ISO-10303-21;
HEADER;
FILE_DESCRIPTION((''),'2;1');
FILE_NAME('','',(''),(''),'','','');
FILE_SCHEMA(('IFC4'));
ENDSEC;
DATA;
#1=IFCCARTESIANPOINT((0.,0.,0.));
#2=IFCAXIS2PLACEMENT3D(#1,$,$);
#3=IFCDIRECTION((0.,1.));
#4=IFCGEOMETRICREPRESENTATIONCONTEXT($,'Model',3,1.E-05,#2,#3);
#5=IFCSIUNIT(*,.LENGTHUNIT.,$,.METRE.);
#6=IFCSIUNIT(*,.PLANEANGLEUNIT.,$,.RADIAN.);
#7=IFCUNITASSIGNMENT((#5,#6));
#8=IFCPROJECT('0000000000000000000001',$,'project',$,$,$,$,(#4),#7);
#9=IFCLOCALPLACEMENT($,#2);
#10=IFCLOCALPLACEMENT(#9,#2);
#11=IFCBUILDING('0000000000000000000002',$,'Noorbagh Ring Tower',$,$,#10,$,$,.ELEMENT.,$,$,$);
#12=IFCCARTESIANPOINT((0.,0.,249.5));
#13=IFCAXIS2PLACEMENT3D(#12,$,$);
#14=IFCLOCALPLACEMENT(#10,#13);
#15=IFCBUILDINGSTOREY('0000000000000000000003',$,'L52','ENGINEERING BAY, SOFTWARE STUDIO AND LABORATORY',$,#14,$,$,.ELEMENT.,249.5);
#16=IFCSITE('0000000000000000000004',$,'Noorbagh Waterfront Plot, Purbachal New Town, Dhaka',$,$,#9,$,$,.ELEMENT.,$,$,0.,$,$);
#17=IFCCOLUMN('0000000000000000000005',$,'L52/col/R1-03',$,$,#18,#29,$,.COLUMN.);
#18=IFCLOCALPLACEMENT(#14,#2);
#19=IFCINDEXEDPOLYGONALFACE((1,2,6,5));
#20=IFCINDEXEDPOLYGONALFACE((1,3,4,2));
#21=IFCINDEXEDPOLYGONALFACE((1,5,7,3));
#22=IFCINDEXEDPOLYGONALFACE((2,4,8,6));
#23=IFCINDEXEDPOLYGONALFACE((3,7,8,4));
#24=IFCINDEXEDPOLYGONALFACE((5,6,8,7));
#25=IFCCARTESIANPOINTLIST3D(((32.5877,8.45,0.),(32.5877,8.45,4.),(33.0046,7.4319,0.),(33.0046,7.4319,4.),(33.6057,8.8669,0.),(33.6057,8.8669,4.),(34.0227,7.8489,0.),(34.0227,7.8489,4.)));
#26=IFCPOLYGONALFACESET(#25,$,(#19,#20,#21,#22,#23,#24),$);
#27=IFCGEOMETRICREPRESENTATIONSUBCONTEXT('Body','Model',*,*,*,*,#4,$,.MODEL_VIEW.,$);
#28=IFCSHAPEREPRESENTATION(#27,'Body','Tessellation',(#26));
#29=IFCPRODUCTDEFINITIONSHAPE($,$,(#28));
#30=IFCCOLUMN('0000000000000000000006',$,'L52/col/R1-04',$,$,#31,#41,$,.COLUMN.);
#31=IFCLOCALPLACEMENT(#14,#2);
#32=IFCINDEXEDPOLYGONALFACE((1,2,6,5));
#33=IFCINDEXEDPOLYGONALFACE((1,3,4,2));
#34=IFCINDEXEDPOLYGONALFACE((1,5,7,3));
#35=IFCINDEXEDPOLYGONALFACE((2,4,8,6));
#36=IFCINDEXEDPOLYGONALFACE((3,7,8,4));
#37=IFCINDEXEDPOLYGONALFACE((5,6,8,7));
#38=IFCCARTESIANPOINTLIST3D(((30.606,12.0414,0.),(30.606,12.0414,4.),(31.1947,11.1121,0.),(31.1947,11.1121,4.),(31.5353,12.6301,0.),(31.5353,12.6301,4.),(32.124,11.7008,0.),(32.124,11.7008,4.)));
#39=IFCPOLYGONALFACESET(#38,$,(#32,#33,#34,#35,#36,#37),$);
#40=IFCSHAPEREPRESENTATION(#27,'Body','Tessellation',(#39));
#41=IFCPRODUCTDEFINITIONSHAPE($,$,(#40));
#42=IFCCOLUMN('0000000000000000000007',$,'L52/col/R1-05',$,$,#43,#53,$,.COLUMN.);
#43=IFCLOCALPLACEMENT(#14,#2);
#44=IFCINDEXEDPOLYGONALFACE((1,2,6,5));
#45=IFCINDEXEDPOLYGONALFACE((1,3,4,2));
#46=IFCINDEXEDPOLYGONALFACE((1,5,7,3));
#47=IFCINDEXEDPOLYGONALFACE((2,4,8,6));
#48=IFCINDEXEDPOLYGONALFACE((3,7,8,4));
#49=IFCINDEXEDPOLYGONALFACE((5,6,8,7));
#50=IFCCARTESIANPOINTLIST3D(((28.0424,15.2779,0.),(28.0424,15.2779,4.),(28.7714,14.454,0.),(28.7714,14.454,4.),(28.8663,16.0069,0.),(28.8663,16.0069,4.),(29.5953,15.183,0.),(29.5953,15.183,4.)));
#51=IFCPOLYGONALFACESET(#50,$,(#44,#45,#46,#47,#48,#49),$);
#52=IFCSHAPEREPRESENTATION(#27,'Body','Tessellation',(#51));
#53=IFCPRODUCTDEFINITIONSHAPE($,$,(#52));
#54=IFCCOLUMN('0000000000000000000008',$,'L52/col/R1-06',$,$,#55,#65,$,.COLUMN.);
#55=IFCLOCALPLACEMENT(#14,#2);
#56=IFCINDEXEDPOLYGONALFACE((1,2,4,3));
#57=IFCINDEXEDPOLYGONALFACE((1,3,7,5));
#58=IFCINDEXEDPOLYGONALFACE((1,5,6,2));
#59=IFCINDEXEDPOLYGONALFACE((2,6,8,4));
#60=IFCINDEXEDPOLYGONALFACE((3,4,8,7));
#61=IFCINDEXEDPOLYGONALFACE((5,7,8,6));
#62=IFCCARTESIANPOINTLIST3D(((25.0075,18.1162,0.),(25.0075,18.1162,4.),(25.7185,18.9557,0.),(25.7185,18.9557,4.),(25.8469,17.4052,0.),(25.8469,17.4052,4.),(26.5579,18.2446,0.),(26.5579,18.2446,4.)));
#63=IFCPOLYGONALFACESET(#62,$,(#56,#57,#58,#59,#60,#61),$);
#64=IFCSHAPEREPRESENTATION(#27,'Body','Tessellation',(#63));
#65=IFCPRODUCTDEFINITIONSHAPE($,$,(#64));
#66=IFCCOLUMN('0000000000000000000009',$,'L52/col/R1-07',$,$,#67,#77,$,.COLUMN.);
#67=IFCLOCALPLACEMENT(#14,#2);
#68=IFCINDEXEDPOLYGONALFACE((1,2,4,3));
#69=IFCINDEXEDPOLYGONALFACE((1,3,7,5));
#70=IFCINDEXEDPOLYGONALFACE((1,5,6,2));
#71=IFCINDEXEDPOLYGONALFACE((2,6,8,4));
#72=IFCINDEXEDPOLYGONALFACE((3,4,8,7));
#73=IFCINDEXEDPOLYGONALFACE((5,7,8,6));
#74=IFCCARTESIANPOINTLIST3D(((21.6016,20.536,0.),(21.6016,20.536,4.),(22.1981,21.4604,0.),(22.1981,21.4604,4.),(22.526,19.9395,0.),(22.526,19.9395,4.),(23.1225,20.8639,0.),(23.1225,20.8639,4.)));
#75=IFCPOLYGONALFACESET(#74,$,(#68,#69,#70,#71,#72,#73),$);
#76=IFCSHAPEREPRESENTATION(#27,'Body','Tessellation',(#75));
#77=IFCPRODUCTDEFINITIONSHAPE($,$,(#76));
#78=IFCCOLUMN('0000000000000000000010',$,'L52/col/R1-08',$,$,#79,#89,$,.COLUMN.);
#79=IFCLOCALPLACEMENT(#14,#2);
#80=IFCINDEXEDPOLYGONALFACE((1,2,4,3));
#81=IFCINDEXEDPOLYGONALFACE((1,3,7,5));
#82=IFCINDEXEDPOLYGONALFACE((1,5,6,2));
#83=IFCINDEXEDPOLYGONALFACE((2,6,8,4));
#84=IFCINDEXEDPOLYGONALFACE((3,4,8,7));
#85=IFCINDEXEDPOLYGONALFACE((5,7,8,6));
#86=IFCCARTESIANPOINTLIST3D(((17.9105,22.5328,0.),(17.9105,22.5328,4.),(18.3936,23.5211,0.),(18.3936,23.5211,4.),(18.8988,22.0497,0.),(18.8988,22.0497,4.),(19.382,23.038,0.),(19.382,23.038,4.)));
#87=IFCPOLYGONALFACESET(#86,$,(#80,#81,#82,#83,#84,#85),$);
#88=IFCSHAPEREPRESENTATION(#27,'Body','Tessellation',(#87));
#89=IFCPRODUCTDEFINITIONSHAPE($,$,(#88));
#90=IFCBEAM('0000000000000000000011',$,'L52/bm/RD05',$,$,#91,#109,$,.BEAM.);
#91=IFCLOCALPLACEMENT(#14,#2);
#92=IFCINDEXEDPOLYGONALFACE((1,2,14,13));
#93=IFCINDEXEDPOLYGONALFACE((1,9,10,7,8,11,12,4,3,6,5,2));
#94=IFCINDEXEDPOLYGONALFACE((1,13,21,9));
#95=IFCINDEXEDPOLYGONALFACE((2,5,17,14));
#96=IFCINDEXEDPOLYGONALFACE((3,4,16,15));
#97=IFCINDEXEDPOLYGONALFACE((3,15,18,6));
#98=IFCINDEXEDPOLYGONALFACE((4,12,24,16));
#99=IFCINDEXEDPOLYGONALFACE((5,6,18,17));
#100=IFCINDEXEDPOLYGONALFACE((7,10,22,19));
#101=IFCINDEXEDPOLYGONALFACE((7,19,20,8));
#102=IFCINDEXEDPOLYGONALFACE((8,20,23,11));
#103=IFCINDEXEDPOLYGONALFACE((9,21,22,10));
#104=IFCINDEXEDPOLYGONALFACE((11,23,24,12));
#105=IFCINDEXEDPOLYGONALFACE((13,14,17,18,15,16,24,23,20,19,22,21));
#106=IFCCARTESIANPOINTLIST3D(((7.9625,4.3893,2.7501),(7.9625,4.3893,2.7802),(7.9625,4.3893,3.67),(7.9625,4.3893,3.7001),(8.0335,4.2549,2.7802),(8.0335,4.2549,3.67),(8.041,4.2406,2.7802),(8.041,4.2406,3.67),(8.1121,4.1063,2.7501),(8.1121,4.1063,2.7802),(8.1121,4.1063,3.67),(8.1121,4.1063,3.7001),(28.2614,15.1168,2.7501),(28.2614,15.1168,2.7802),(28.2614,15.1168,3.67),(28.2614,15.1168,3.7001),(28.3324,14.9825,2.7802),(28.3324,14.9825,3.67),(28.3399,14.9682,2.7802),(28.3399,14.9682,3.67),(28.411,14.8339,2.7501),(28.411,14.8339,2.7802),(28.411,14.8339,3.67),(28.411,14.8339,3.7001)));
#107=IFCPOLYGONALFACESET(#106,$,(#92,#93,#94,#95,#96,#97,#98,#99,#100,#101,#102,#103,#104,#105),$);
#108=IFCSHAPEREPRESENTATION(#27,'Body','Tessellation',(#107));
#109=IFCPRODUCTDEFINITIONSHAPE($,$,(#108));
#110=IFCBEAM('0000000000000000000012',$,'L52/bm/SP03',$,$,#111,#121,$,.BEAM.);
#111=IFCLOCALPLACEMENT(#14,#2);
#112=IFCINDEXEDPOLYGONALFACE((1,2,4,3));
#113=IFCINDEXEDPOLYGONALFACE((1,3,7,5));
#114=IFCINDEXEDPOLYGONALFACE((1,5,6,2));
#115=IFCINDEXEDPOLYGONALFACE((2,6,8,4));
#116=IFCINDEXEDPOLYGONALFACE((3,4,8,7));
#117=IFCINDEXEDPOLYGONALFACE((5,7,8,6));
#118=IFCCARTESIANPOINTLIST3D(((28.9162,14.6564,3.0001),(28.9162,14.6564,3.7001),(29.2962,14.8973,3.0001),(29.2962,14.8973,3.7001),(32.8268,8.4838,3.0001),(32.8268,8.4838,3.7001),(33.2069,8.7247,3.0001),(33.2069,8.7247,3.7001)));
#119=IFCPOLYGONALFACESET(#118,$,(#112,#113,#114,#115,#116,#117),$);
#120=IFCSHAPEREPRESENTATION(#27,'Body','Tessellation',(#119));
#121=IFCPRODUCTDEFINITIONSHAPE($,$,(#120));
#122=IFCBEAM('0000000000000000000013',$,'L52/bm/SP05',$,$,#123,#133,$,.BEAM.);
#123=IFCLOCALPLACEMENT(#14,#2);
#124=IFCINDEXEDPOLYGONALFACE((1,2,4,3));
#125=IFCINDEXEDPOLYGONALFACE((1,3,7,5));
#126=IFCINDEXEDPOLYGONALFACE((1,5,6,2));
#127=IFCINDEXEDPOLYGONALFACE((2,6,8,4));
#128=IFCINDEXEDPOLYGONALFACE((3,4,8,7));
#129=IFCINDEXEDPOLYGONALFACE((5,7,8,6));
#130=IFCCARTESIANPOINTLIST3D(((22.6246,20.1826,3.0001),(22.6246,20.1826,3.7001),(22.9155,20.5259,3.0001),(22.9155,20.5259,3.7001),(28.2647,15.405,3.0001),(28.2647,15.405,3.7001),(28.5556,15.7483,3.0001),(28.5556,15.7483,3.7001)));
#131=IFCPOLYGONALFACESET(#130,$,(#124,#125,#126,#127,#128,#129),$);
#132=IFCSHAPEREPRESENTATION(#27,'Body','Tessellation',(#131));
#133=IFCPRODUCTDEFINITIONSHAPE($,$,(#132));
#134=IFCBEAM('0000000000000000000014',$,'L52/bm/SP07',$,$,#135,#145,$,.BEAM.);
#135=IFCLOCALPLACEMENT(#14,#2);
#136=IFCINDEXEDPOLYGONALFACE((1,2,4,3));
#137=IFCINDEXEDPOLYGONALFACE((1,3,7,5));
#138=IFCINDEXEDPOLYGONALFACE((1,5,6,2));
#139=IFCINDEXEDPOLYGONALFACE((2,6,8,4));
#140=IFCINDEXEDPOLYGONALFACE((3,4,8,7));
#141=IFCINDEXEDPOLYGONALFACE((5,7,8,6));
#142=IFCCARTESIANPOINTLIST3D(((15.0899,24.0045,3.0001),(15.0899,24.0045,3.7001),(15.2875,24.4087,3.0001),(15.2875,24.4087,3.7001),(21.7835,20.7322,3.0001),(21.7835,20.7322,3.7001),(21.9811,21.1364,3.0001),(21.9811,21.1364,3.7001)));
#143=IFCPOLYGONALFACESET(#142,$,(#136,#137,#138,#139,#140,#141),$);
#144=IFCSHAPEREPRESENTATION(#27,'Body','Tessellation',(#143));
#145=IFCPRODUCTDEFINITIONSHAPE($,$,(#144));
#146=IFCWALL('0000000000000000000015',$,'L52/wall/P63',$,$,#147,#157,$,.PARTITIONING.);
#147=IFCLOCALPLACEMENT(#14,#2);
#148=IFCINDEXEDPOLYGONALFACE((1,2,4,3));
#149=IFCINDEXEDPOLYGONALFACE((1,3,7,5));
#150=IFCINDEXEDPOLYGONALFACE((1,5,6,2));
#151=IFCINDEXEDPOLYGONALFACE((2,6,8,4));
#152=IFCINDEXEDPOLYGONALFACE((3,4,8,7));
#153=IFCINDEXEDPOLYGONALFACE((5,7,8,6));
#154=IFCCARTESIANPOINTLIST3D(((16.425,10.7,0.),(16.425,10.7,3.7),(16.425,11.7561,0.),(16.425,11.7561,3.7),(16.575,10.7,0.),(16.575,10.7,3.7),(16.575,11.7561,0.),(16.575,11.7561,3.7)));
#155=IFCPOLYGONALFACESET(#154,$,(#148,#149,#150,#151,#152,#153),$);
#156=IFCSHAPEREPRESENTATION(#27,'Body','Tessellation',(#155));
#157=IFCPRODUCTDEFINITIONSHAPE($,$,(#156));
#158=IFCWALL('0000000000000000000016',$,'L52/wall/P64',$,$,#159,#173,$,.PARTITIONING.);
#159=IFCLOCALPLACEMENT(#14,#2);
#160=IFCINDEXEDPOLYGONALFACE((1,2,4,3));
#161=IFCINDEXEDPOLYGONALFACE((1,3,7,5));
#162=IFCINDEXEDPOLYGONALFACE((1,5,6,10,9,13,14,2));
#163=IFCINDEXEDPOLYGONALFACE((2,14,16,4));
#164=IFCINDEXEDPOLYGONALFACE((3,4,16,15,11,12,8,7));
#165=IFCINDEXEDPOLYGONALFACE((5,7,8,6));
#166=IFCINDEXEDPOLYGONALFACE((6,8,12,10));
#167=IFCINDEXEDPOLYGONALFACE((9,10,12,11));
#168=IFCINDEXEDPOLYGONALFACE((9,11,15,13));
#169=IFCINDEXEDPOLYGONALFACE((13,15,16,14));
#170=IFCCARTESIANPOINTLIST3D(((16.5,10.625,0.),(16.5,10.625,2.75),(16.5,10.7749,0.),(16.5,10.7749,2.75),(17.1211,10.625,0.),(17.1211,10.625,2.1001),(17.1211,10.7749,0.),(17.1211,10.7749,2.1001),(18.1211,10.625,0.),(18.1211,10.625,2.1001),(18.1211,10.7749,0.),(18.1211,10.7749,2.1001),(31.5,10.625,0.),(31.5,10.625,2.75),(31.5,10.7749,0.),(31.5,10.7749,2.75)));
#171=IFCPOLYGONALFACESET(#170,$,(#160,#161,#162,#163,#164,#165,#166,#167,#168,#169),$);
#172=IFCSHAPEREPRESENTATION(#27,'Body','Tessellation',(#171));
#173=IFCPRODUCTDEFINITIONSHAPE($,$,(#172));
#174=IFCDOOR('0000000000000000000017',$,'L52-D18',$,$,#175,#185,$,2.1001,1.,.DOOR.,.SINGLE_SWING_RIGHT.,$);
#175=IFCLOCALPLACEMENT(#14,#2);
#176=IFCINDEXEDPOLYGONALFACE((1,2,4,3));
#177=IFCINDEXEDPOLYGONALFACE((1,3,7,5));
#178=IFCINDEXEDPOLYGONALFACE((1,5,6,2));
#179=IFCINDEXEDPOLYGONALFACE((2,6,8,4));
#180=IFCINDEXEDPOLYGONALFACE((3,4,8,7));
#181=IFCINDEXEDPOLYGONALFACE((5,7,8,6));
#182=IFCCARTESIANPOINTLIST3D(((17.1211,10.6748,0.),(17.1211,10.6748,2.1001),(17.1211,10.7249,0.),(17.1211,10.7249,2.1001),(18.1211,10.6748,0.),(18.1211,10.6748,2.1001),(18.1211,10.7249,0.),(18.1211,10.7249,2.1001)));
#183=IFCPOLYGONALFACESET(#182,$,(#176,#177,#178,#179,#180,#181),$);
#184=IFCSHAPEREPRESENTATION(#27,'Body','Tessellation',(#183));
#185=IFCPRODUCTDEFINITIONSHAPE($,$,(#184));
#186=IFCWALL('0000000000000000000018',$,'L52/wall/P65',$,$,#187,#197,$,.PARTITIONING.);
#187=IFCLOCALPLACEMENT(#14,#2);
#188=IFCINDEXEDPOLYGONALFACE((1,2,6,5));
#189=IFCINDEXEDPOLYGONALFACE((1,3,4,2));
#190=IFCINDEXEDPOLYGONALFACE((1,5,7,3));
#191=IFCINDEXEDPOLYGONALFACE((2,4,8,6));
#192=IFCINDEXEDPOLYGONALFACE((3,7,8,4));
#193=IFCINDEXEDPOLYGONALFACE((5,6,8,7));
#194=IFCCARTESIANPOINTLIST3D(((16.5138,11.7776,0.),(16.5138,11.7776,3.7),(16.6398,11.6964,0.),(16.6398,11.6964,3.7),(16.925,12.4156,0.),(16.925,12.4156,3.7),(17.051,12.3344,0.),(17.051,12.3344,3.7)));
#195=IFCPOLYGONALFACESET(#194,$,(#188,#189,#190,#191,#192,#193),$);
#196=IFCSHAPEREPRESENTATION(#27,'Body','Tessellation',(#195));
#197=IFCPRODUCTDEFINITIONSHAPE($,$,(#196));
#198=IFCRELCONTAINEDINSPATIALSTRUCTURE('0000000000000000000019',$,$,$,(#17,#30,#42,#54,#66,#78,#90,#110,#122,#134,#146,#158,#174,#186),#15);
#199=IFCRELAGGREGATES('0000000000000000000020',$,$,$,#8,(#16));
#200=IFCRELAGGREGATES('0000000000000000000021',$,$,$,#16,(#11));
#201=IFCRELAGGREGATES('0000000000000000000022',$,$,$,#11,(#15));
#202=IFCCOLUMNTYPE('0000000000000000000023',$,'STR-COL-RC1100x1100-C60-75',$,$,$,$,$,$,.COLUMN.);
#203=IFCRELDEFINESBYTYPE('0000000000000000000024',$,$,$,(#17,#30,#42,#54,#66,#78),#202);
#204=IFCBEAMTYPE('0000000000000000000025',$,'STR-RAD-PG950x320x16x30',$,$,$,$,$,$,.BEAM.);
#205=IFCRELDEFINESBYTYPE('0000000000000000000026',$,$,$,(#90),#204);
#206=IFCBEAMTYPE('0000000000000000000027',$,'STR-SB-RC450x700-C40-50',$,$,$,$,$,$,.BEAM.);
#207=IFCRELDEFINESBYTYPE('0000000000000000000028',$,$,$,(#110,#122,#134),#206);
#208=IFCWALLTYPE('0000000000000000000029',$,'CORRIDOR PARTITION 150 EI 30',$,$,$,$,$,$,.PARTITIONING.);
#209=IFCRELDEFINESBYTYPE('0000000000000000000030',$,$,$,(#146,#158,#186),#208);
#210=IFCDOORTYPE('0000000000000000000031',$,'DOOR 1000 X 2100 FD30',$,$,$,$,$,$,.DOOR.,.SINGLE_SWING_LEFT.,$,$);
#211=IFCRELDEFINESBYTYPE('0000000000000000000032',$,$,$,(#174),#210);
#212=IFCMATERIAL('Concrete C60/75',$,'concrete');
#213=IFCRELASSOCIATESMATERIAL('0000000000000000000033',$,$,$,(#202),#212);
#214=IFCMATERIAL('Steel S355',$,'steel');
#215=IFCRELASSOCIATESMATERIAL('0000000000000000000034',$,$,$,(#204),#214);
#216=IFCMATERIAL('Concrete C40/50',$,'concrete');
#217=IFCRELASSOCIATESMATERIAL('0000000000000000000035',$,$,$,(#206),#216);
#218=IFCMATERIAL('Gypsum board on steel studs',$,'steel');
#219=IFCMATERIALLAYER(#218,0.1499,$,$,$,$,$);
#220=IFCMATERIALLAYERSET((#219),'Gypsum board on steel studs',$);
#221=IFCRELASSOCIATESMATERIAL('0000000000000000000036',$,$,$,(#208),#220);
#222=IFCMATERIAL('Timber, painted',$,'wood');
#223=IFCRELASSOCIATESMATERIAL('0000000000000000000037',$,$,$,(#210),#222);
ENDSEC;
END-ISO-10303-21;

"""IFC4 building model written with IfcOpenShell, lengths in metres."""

from ifc_helpers import new_model, si_unit, direction, frame, frame_2d, origin, origin_2d, place, context, subcontext, project, spatial, rectangle, i_section, extrude, material, layer, layer_set, material_profile, profile_set, type_object, element, fill, save


model = new_model("IFC4")

# Units and contexts
model_context = context("Model", 3, precision=1e-05, world=origin(), true_north=direction((0.0, 1.0)))
body_context = subcontext(model_context, "Body", "Model", "MODEL_VIEW")
ifc_project = project(units=[si_unit("LENGTHUNIT", "METRE"), si_unit("PLANEANGLEUNIT", "RADIAN")], contexts=[model_context])

# Site, building, storey
site_placement = place(None, origin())
site = spatial("IfcSite", under=ifc_project, at=site_placement, Name="Noorbagh Waterfront Plot, Purbachal New Town, Dhaka", CompositionType="ELEMENT", RefElevation=0.0)
building_placement = place(site_placement, origin())
building = spatial("IfcBuilding", under=site, at=building_placement, Name="Noorbagh Ring Tower", CompositionType="ELEMENT")
storey_placement = place(building_placement, frame((0.0, 0.0, 249.5)))
storey = spatial("IfcBuildingStorey", under=building, at=storey_placement, Name="L52", Description="ENGINEERING BAY, SOFTWARE STUDIO AND LABORATORY", CompositionType="ELEMENT", Elevation=249.5)

# Columns
ifc_material_1 = material(Name="Concrete C60/75", Category="concrete")
ifc_material_profile_1 = material_profile(ifc_material_1, rectangle(XDim=1.1001, YDim=1.1001, at=origin_2d()), Name="RC1100x1100")
ifc_profile_set_1 = profile_set([ifc_material_profile_1], Name="Concrete C60/75")
column_type = type_object("IfcColumnType", Name="STR-COL-RC1100x1100-C60-75", PredefinedType="COLUMN", material=ifc_profile_set_1)
for number, where, z_axis, x_axis, name in (
    (1, (33.3052, 8.1494, 0.0), (0.0, 0.0, 1.0), (-0.378989, 0.925401, 0.0), "L52/col/R1-03"),
    (2, (31.365, 11.8711, 0.0), (0.0, 0.0, 1.0), (-0.53519, 0.844731, 0.0), "L52/col/R1-04"),
    (3, (28.8188, 15.2305, 0.0), (0.0, 0.0, 1.0), (-0.662636, 0.748942, 0.0), "L52/col/R1-05"),
    (4, (25.7827, 18.1804, 0.0), (0.0, 0.0, 1.0), (-0.763035, 0.646357, 0.0), "L52/col/R1-06"),
    (5, (22.3621, 20.7, 0.0), (0.0, 0.0, 1.0), (-0.840248, 0.542203, 0.0), "L52/col/R1-07"),
    (6, (18.6462, 22.7854, 0.0), (0.0, 0.0, 1.0), (-0.898399, 0.43918, 0.0), "L52/col/R1-08"),
):
    element("IfcColumn", number, at=place(storey_placement, frame(where, z_axis=z_axis, x_axis=x_axis)), inside=storey, type_object=column_type, Name=name, PredefinedType="COLUMN", context=body_context, shape_type="SweptSolid", body=[
        extrude(rectangle(XDim=1.1001, YDim=1.1001, at=origin_2d()), origin(), (0.0, 0.0, 1.0), 4.0),
    ])

# Beams
ifc_material_2 = material(Name="Steel S355", Category="steel")
ifc_material_profile_2 = material_profile(ifc_material_2, i_section(OverallWidth=0.3201, OverallDepth=0.95, WebThickness=0.0161, FlangeThickness=0.03, at=origin_2d()), Name="PG950x320x16x30")
ifc_profile_set_2 = profile_set([ifc_material_profile_2], Name="Steel S355")
beam_type_1 = type_object("IfcBeamType", Name="STR-RAD-PG950x320x16x30", PredefinedType="BEAM", material=ifc_profile_set_2)
beam_1_placement = place(storey_placement, frame((28.3362, 14.9753, 3.2251), z_axis=(-0.884128, -0.467245, 0.0), x_axis=(0.467245, -0.884128, 0.0)))
element("IfcBeam", 7, at=beam_1_placement, inside=storey, type_object=beam_type_1, Name="L52/bm/RD05", PredefinedType="BEAM", context=body_context, shape_type="SweptSolid", body=[
    extrude(i_section(OverallWidth=0.3201, OverallDepth=0.95, WebThickness=0.0161, FlangeThickness=0.03, at=origin_2d()), origin(), (0.0, 0.0, 1.0), 22.9592),
])
ifc_material_3 = material(Name="Concrete C40/50", Category="concrete")
ifc_material_profile_3 = material_profile(ifc_material_3, rectangle(XDim=0.45, YDim=0.7, at=origin_2d()), Name="RC450x700")
ifc_profile_set_3 = profile_set([ifc_material_profile_3], Name="Concrete C40/50")
beam_type_2 = type_object("IfcBeamType", Name="STR-SB-RC450x700-C40-50", PredefinedType="BEAM", material=ifc_profile_set_3)
beam_2_placement = place(storey_placement, frame((33.0168, 8.6042, 3.3501), z_axis=(-0.535182, 0.844737, 0.0), x_axis=(-0.844737, -0.535182, 0.0)))
element("IfcBeam", 8, at=beam_2_placement, inside=storey, type_object=beam_type_2, Name="L52/bm/SP03", PredefinedType="BEAM", context=body_context, shape_type="SweptSolid", body=[
    extrude(rectangle(XDim=0.45, YDim=0.7, at=origin_2d()), origin(), (0.0, 0.0, 1.0), 7.3071),
])
beam_3_placement = place(storey_placement, frame((28.4102, 15.5767, 3.3501), z_axis=(-0.763042, 0.646349, 0.0), x_axis=(-0.646349, -0.763042, 0.0)))
element("IfcBeam", 9, at=beam_3_placement, inside=storey, type_object=beam_type_2, Name="L52/bm/SP05", PredefinedType="BEAM", context=body_context, shape_type="SweptSolid", body=[
    extrude(rectangle(XDim=0.45, YDim=0.7, at=origin_2d()), origin(), (0.0, 0.0, 1.0), 7.3916),
])
beam_4_placement = place(storey_placement, frame((21.8823, 20.9343, 3.3501), z_axis=(-0.898396, 0.439187, 0.0), x_axis=(-0.439187, -0.898396, 0.0)))
element("IfcBeam", 10, at=beam_4_placement, inside=storey, type_object=beam_type_2, Name="L52/bm/SP07", PredefinedType="BEAM", context=body_context, shape_type="SweptSolid", body=[
    extrude(rectangle(XDim=0.45, YDim=0.7, at=origin_2d()), origin(), (0.0, 0.0, 1.0), 7.4507),
])

# Wall
ifc_material_4 = material(Name="Gypsum board on steel studs", Category="steel")
ifc_layer_1 = layer(ifc_material_4, 0.1499)
ifc_layer_set_1 = layer_set([ifc_layer_1], Name="Gypsum board on steel studs")
wall_type_1 = type_object("IfcWallType", Name="CORRIDOR PARTITION 150 EI 30", PredefinedType="PARTITIONING", material=ifc_layer_set_1)
wall_1_placement = place(storey_placement, frame((16.5, 10.7, 0.0), z_axis=(0.0, 0.0, 1.0), x_axis=(0.0, 1.0, 0.0)))
element("IfcWall", 11, at=wall_1_placement, inside=storey, type_object=wall_type_1, Name="L52/wall/P63", PredefinedType="PARTITIONING", context=body_context, shape_type="SweptSolid", body=[
    extrude(rectangle(XDim=1.0562, YDim=0.1499, at=frame_2d((0.5281, 0.0))), origin(), (0.0, 0.0, 1.0), 3.7),
])

# Wall, opening, door
wall_2_placement = place(storey_placement, frame((16.5, 10.7, 0.0), z_axis=(0.0, 0.0, 1.0), x_axis=(1.0, 0.0, 0.0)))
wall_2 = element("IfcWall", 12, at=wall_2_placement, inside=storey, type_object=wall_type_1, Name="L52/wall/P64", PredefinedType="PARTITIONING", context=body_context, shape_type="SweptSolid", body=[
    extrude(rectangle(XDim=15.0, YDim=0.1499, at=frame_2d((7.5, 0.0))), origin(), (0.0, 0.0, 1.0), 2.75),
])
opening_1_placement = place(wall_2_placement, frame((0.6211, 0.0, 0.0)))
opening_1 = element("IfcOpeningElement", 13, at=opening_1_placement, cuts=wall_2, PredefinedType="OPENING", context=body_context, shape_type="SweptSolid", body=[
    extrude(rectangle(XDim=1.0, YDim=2.1001, at=frame_2d((0.5, 1.05))), frame((0.0, 0.085, 0.0), z_axis=(0.0, -1.0, 0.0), x_axis=(1.0, 0.0, 0.0)), (0.0, 0.0, 1.0), 0.1699),
])
ifc_material_5 = material(Name="Timber, painted", Category="wood")
door_type = type_object("IfcDoorType", Name="DOOR 1000 X 2100 FD30", OperationType="SINGLE_SWING_LEFT", PredefinedType="DOOR", material=ifc_material_5)
door_1_placement = place(opening_1_placement, origin())
door_1 = element("IfcDoor", 14, at=door_1_placement, inside=storey, type_object=door_type, Name="L52-D18", OperationType="SINGLE_SWING_RIGHT", OverallHeight=2.1001, OverallWidth=1.0, PredefinedType="DOOR", context=body_context, shape_type="SweptSolid", body=[
    extrude(rectangle(XDim=1.0, YDim=2.1001, at=frame_2d((0.5, 1.05))), frame((0.0, 0.0249, 0.0), z_axis=(0.0, -1.0, 0.0), x_axis=(1.0, 0.0, 0.0)), (0.0, 0.0, 1.0), 0.05),
])
fill(opening_1, door_1)

# Wall
wall_3_placement = place(storey_placement, frame((16.5769, 11.7371, 0.0), z_axis=(0.0, 0.0, 1.0), x_axis=(0.541716, 0.840561, 0.0)))
element("IfcWall", 15, at=wall_3_placement, inside=storey, type_object=wall_type_1, Name="L52/wall/P65", PredefinedType="PARTITIONING", context=body_context, shape_type="SweptSolid", body=[
    extrude(rectangle(XDim=0.759, YDim=0.1499, at=frame_2d((0.3794, 0.0))), origin(), (0.0, 0.0, 1.0), 3.7),
])

save(model, "model.ifc")
